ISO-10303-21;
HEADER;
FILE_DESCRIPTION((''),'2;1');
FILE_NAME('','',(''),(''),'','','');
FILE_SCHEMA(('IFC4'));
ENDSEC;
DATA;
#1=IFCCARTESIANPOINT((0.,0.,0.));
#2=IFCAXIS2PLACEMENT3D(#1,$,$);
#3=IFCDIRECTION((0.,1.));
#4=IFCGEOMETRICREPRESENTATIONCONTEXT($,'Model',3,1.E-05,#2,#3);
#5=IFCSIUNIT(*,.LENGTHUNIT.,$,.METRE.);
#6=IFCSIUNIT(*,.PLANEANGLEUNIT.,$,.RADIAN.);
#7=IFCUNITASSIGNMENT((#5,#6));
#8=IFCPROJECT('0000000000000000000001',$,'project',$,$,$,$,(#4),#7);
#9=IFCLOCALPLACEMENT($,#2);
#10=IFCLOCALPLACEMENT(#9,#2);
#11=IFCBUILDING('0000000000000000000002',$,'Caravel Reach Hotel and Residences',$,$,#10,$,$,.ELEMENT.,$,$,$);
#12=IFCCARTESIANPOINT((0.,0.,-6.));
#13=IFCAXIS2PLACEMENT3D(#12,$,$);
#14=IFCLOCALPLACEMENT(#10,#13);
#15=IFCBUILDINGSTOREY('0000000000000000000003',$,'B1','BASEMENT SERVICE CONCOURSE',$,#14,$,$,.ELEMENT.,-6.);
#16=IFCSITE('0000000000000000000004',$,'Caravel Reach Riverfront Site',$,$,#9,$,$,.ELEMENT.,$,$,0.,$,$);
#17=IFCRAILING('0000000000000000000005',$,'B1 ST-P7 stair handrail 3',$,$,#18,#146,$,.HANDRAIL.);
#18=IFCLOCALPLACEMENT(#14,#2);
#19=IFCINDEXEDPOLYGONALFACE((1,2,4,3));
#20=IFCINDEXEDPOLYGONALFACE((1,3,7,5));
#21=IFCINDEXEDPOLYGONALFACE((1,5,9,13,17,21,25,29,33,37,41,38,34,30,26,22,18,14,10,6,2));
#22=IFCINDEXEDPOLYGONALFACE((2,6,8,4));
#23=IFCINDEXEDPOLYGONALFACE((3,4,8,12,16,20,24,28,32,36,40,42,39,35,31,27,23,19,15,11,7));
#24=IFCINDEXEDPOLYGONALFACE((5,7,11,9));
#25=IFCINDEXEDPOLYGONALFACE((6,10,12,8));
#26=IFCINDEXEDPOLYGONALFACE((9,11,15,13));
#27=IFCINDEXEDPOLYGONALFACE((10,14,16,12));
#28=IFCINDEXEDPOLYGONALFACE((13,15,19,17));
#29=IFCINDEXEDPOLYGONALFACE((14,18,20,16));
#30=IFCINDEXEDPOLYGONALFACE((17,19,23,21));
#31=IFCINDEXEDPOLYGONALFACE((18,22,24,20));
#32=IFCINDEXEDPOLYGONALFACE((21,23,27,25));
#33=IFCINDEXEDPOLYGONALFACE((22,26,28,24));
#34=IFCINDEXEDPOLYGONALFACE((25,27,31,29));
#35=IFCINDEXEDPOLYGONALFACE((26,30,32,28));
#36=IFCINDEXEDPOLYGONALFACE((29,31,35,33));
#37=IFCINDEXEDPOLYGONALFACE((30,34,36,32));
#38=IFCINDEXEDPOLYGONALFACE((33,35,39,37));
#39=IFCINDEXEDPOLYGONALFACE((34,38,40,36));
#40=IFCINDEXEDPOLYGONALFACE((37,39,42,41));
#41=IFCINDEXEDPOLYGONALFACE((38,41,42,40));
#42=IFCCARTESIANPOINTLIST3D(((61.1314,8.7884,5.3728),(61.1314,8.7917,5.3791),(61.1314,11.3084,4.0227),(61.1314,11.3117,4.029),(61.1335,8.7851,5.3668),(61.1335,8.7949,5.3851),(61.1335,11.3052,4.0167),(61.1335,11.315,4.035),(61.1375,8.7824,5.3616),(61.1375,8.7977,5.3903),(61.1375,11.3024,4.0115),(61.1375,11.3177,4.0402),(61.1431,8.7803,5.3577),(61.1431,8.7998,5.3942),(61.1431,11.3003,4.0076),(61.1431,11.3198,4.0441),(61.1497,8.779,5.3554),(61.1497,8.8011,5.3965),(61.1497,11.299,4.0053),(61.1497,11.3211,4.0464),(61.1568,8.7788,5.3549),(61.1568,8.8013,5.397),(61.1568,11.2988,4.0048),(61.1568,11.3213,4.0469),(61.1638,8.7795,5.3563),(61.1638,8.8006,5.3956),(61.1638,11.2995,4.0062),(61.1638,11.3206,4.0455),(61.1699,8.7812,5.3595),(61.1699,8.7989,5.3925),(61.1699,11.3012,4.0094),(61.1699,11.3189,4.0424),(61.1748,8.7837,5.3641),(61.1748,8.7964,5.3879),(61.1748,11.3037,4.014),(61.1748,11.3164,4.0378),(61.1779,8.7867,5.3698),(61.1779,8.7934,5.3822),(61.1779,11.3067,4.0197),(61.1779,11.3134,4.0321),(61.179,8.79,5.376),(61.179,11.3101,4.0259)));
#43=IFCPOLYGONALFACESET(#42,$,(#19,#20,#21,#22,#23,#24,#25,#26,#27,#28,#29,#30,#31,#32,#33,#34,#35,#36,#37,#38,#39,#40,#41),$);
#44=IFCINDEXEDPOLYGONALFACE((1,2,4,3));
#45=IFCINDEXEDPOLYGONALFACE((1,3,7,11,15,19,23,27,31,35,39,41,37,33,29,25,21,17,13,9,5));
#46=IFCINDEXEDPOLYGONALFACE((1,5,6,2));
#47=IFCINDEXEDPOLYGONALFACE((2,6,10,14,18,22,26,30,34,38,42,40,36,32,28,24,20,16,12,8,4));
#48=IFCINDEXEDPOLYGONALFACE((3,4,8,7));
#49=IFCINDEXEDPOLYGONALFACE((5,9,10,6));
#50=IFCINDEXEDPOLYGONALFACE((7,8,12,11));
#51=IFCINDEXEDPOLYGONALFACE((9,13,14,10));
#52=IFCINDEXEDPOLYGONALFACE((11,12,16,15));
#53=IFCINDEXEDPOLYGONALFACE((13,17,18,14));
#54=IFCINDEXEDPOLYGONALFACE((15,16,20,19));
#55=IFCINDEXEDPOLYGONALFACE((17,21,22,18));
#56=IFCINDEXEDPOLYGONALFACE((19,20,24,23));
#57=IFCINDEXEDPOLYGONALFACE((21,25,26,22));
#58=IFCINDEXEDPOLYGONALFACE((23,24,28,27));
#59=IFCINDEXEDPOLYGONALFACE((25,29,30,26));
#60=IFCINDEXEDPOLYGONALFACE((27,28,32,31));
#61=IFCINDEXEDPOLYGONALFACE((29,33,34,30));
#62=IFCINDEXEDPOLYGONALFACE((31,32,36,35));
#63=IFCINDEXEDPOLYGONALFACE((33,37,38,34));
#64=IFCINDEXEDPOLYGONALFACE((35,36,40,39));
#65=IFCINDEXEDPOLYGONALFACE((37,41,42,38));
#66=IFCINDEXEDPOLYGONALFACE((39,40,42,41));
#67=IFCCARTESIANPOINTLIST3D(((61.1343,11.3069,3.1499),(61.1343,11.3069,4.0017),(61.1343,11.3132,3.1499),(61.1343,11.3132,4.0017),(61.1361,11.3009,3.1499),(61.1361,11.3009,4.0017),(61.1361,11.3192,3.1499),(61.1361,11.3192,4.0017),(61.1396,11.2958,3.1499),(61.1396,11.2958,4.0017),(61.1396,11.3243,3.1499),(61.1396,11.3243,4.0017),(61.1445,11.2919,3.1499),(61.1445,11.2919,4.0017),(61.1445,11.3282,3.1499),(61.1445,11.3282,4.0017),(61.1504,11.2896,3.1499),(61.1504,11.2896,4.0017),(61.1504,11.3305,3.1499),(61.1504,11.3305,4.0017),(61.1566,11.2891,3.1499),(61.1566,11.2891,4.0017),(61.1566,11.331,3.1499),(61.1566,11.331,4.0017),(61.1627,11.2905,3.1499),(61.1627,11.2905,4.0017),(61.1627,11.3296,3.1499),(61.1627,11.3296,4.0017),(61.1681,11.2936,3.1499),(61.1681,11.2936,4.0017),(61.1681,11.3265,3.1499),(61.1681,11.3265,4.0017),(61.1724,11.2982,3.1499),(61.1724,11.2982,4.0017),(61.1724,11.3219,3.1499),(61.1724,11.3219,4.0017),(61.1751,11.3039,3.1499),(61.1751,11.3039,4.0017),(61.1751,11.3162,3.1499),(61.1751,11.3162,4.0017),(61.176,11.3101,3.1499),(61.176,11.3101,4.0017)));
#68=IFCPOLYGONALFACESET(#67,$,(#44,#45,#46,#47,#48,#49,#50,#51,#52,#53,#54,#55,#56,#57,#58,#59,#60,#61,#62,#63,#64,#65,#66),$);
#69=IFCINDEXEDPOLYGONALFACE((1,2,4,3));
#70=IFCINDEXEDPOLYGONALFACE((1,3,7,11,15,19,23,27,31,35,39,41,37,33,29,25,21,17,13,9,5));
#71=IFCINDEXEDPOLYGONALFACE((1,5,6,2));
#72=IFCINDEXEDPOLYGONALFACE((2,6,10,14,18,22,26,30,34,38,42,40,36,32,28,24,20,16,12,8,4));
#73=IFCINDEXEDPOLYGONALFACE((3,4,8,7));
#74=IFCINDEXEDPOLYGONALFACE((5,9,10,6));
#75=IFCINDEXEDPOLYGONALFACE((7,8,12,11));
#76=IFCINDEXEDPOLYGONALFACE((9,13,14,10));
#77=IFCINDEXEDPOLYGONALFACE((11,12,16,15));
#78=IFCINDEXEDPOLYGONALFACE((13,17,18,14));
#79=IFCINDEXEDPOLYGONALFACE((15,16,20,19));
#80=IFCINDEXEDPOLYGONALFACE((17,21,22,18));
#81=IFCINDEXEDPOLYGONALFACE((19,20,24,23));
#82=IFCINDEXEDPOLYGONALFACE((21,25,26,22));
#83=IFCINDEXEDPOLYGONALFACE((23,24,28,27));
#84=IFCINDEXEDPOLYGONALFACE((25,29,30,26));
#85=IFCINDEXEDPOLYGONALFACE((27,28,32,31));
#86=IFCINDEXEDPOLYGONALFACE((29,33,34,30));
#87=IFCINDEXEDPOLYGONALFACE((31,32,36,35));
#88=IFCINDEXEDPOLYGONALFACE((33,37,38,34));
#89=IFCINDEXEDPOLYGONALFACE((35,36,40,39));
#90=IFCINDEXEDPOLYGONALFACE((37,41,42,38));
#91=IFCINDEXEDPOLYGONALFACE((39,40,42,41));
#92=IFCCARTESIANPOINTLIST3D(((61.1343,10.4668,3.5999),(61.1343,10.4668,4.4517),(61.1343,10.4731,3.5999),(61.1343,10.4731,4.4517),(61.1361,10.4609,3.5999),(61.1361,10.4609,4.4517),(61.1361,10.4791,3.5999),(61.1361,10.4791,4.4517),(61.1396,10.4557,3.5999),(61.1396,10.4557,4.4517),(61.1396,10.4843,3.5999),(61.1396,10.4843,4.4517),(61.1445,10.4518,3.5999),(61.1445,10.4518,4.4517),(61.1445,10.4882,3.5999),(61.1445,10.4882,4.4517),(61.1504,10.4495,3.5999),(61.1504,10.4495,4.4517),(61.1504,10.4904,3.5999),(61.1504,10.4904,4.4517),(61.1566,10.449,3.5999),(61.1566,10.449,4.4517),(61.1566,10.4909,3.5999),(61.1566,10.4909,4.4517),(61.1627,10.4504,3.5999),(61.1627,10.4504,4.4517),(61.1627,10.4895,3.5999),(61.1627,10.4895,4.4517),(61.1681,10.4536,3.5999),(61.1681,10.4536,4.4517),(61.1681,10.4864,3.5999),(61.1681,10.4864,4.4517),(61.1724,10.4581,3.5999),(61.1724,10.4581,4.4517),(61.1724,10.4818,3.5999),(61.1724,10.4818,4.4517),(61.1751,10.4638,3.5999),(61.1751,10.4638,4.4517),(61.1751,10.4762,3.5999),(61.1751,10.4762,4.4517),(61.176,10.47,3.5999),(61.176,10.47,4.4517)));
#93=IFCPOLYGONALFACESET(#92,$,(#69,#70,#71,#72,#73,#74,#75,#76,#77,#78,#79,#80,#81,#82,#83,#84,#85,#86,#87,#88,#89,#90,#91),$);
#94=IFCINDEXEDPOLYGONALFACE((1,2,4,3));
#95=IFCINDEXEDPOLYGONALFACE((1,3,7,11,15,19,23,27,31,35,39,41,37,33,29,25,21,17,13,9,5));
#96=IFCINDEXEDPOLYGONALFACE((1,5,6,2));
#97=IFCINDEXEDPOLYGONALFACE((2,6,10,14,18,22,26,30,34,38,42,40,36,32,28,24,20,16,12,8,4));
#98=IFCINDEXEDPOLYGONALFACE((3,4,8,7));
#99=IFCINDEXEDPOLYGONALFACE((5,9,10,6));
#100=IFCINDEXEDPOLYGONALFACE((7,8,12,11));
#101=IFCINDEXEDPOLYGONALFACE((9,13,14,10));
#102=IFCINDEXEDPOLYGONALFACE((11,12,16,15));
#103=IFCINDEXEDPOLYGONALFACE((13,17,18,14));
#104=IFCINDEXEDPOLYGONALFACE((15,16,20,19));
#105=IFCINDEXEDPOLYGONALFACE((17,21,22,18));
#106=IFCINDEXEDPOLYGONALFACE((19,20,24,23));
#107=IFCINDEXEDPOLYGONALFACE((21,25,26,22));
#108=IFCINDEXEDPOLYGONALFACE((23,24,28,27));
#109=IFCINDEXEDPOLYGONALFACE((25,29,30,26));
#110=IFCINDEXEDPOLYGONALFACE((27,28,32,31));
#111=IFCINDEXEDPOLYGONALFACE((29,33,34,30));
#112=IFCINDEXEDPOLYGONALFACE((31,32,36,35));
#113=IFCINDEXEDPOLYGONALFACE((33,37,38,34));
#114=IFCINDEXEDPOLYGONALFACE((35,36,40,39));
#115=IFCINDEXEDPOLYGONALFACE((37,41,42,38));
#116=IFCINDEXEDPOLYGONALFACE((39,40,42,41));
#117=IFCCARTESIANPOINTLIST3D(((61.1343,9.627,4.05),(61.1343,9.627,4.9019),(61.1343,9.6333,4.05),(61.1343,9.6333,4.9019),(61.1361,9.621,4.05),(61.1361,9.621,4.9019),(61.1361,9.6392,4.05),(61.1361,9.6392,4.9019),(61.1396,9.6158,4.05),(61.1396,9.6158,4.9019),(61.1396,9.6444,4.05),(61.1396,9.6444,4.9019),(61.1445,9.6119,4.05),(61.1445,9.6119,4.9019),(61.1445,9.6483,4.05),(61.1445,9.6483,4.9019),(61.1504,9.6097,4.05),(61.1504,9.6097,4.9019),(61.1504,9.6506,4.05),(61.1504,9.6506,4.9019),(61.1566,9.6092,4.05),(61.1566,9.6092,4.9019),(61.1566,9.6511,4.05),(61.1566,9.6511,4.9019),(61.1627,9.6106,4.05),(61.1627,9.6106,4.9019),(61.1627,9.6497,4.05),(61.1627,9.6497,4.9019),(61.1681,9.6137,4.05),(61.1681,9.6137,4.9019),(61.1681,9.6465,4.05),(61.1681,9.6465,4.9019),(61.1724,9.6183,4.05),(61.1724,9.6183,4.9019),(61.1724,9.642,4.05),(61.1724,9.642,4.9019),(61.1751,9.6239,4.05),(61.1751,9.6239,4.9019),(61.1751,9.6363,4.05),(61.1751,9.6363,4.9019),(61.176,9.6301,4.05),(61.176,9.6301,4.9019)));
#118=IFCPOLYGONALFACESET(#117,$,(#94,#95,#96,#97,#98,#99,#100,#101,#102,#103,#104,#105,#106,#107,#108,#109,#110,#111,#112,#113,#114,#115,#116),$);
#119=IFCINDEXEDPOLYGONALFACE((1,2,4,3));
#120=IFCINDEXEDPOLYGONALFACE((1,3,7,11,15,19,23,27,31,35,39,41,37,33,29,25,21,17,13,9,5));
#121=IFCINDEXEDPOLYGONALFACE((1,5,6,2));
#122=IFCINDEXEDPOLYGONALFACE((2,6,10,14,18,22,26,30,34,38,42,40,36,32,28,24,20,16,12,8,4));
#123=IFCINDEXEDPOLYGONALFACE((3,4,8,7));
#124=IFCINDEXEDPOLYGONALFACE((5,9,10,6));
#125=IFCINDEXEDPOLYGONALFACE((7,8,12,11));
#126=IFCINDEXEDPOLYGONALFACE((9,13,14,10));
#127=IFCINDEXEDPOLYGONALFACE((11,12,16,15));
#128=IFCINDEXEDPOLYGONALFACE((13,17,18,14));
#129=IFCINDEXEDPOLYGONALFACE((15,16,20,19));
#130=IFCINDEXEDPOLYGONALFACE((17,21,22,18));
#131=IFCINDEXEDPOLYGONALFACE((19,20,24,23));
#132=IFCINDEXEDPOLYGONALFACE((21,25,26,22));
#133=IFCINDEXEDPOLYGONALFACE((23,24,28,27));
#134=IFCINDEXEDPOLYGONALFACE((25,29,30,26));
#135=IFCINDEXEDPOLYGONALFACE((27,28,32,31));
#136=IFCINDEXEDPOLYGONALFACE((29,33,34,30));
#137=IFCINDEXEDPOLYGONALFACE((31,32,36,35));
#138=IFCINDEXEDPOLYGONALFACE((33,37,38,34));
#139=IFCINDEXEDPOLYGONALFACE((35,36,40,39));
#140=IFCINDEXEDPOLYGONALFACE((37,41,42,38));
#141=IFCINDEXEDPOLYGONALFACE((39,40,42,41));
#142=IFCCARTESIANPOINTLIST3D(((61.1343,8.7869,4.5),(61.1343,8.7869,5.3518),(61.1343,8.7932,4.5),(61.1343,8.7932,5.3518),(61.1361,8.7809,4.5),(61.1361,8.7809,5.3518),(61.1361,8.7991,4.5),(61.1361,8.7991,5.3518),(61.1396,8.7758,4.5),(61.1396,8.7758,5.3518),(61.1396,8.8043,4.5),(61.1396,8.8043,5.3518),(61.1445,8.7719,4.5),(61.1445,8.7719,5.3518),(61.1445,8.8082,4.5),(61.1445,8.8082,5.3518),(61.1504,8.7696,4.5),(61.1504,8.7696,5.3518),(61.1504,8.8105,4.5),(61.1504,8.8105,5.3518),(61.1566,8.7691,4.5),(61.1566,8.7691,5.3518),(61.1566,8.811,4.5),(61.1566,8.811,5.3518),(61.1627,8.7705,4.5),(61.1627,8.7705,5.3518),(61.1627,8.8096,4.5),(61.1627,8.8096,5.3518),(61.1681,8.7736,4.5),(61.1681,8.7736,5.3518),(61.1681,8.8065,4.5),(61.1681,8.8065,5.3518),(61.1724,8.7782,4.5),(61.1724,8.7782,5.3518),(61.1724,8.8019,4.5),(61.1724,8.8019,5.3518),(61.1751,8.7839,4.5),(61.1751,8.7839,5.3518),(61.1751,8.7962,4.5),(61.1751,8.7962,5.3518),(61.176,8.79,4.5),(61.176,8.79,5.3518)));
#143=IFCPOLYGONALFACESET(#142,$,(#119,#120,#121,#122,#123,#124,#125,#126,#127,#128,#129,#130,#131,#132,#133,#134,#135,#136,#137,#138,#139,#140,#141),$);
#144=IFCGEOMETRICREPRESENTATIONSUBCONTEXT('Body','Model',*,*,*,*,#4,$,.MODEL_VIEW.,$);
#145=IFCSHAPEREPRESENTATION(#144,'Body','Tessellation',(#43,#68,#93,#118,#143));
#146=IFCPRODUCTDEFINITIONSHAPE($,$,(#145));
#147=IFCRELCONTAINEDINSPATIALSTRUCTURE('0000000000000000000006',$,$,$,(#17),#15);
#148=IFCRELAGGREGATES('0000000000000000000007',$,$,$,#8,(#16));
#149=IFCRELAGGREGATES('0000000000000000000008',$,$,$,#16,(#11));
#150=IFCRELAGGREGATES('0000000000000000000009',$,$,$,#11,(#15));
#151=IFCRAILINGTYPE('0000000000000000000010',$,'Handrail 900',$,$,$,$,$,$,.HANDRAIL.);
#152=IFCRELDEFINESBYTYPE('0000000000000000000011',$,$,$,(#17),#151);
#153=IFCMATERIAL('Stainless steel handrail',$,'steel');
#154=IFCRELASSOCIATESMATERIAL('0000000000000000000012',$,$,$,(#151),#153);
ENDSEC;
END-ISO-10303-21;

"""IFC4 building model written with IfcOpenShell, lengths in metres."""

from ifc_helpers import new_model, si_unit, direction, frame, origin, origin_2d, place, context, subcontext, project, spatial, circle, extrude, material, type_object, element, save


model = new_model("IFC4")

# Units and contexts
model_context = context("Model", 3, precision=1e-05, world=origin(), true_north=direction((0.0, 1.0)))
body_context = subcontext(model_context, "Body", "Model", "MODEL_VIEW")
ifc_project = project(units=[si_unit("LENGTHUNIT", "METRE"), si_unit("PLANEANGLEUNIT", "RADIAN")], contexts=[model_context])

# Site, building, storey
site_placement = place(None, origin())
site = spatial("IfcSite", under=ifc_project, at=site_placement, Name="Caravel Reach Riverfront Site", CompositionType="ELEMENT", RefElevation=0.0)
building_placement = place(site_placement, origin())
building = spatial("IfcBuilding", under=site, at=building_placement, Name="Caravel Reach Hotel and Residences", CompositionType="ELEMENT")
storey_placement = place(building_placement, frame((0.0, 0.0, -6.0)))
storey = spatial("IfcBuildingStorey", under=building, at=storey_placement, Name="B1", Description="BASEMENT SERVICE CONCOURSE", CompositionType="ELEMENT", Elevation=-6.0)

# Railing
ifc_material_1 = material(Name="Stainless steel handrail", Category="steel")
railing_type_1 = type_object("IfcRailingType", Name="Handrail 900", PredefinedType="HANDRAIL", material=ifc_material_1)
railing_1_placement = place(storey_placement, frame((61.155, 11.3101, 3.1499)))
element("IfcRailing", 1, at=railing_1_placement, inside=storey, type_object=railing_type_1, Name="B1 ST-P7 stair handrail 3", PredefinedType="HANDRAIL", context=body_context, shape_type="SweptSolid", body=[
    extrude(circle(Radius=0.0239, at=origin_2d()), frame((0.0, 0.0, 0.876), z_axis=(0.0, -0.881467, 0.472245), x_axis=(1.0, 0.0, 0.0)), (0.0, 0.0, 1.0), 2.8589),
    extrude(circle(Radius=0.021, at=origin_2d()), origin(), (0.0, 0.0, 1.0), 0.8518),
    extrude(circle(Radius=0.021, at=origin_2d()), frame((0.0, -0.8401, 0.45)), (0.0, 0.0, 1.0), 0.8518),
    extrude(circle(Radius=0.021, at=origin_2d()), frame((0.0, -1.6799, 0.9001)), (0.0, 0.0, 1.0), 0.8518),
    extrude(circle(Radius=0.021, at=origin_2d()), frame((0.0, -2.52, 1.3501)), (0.0, 0.0, 1.0), 0.8518),
])

save(model, "model.ifc")
